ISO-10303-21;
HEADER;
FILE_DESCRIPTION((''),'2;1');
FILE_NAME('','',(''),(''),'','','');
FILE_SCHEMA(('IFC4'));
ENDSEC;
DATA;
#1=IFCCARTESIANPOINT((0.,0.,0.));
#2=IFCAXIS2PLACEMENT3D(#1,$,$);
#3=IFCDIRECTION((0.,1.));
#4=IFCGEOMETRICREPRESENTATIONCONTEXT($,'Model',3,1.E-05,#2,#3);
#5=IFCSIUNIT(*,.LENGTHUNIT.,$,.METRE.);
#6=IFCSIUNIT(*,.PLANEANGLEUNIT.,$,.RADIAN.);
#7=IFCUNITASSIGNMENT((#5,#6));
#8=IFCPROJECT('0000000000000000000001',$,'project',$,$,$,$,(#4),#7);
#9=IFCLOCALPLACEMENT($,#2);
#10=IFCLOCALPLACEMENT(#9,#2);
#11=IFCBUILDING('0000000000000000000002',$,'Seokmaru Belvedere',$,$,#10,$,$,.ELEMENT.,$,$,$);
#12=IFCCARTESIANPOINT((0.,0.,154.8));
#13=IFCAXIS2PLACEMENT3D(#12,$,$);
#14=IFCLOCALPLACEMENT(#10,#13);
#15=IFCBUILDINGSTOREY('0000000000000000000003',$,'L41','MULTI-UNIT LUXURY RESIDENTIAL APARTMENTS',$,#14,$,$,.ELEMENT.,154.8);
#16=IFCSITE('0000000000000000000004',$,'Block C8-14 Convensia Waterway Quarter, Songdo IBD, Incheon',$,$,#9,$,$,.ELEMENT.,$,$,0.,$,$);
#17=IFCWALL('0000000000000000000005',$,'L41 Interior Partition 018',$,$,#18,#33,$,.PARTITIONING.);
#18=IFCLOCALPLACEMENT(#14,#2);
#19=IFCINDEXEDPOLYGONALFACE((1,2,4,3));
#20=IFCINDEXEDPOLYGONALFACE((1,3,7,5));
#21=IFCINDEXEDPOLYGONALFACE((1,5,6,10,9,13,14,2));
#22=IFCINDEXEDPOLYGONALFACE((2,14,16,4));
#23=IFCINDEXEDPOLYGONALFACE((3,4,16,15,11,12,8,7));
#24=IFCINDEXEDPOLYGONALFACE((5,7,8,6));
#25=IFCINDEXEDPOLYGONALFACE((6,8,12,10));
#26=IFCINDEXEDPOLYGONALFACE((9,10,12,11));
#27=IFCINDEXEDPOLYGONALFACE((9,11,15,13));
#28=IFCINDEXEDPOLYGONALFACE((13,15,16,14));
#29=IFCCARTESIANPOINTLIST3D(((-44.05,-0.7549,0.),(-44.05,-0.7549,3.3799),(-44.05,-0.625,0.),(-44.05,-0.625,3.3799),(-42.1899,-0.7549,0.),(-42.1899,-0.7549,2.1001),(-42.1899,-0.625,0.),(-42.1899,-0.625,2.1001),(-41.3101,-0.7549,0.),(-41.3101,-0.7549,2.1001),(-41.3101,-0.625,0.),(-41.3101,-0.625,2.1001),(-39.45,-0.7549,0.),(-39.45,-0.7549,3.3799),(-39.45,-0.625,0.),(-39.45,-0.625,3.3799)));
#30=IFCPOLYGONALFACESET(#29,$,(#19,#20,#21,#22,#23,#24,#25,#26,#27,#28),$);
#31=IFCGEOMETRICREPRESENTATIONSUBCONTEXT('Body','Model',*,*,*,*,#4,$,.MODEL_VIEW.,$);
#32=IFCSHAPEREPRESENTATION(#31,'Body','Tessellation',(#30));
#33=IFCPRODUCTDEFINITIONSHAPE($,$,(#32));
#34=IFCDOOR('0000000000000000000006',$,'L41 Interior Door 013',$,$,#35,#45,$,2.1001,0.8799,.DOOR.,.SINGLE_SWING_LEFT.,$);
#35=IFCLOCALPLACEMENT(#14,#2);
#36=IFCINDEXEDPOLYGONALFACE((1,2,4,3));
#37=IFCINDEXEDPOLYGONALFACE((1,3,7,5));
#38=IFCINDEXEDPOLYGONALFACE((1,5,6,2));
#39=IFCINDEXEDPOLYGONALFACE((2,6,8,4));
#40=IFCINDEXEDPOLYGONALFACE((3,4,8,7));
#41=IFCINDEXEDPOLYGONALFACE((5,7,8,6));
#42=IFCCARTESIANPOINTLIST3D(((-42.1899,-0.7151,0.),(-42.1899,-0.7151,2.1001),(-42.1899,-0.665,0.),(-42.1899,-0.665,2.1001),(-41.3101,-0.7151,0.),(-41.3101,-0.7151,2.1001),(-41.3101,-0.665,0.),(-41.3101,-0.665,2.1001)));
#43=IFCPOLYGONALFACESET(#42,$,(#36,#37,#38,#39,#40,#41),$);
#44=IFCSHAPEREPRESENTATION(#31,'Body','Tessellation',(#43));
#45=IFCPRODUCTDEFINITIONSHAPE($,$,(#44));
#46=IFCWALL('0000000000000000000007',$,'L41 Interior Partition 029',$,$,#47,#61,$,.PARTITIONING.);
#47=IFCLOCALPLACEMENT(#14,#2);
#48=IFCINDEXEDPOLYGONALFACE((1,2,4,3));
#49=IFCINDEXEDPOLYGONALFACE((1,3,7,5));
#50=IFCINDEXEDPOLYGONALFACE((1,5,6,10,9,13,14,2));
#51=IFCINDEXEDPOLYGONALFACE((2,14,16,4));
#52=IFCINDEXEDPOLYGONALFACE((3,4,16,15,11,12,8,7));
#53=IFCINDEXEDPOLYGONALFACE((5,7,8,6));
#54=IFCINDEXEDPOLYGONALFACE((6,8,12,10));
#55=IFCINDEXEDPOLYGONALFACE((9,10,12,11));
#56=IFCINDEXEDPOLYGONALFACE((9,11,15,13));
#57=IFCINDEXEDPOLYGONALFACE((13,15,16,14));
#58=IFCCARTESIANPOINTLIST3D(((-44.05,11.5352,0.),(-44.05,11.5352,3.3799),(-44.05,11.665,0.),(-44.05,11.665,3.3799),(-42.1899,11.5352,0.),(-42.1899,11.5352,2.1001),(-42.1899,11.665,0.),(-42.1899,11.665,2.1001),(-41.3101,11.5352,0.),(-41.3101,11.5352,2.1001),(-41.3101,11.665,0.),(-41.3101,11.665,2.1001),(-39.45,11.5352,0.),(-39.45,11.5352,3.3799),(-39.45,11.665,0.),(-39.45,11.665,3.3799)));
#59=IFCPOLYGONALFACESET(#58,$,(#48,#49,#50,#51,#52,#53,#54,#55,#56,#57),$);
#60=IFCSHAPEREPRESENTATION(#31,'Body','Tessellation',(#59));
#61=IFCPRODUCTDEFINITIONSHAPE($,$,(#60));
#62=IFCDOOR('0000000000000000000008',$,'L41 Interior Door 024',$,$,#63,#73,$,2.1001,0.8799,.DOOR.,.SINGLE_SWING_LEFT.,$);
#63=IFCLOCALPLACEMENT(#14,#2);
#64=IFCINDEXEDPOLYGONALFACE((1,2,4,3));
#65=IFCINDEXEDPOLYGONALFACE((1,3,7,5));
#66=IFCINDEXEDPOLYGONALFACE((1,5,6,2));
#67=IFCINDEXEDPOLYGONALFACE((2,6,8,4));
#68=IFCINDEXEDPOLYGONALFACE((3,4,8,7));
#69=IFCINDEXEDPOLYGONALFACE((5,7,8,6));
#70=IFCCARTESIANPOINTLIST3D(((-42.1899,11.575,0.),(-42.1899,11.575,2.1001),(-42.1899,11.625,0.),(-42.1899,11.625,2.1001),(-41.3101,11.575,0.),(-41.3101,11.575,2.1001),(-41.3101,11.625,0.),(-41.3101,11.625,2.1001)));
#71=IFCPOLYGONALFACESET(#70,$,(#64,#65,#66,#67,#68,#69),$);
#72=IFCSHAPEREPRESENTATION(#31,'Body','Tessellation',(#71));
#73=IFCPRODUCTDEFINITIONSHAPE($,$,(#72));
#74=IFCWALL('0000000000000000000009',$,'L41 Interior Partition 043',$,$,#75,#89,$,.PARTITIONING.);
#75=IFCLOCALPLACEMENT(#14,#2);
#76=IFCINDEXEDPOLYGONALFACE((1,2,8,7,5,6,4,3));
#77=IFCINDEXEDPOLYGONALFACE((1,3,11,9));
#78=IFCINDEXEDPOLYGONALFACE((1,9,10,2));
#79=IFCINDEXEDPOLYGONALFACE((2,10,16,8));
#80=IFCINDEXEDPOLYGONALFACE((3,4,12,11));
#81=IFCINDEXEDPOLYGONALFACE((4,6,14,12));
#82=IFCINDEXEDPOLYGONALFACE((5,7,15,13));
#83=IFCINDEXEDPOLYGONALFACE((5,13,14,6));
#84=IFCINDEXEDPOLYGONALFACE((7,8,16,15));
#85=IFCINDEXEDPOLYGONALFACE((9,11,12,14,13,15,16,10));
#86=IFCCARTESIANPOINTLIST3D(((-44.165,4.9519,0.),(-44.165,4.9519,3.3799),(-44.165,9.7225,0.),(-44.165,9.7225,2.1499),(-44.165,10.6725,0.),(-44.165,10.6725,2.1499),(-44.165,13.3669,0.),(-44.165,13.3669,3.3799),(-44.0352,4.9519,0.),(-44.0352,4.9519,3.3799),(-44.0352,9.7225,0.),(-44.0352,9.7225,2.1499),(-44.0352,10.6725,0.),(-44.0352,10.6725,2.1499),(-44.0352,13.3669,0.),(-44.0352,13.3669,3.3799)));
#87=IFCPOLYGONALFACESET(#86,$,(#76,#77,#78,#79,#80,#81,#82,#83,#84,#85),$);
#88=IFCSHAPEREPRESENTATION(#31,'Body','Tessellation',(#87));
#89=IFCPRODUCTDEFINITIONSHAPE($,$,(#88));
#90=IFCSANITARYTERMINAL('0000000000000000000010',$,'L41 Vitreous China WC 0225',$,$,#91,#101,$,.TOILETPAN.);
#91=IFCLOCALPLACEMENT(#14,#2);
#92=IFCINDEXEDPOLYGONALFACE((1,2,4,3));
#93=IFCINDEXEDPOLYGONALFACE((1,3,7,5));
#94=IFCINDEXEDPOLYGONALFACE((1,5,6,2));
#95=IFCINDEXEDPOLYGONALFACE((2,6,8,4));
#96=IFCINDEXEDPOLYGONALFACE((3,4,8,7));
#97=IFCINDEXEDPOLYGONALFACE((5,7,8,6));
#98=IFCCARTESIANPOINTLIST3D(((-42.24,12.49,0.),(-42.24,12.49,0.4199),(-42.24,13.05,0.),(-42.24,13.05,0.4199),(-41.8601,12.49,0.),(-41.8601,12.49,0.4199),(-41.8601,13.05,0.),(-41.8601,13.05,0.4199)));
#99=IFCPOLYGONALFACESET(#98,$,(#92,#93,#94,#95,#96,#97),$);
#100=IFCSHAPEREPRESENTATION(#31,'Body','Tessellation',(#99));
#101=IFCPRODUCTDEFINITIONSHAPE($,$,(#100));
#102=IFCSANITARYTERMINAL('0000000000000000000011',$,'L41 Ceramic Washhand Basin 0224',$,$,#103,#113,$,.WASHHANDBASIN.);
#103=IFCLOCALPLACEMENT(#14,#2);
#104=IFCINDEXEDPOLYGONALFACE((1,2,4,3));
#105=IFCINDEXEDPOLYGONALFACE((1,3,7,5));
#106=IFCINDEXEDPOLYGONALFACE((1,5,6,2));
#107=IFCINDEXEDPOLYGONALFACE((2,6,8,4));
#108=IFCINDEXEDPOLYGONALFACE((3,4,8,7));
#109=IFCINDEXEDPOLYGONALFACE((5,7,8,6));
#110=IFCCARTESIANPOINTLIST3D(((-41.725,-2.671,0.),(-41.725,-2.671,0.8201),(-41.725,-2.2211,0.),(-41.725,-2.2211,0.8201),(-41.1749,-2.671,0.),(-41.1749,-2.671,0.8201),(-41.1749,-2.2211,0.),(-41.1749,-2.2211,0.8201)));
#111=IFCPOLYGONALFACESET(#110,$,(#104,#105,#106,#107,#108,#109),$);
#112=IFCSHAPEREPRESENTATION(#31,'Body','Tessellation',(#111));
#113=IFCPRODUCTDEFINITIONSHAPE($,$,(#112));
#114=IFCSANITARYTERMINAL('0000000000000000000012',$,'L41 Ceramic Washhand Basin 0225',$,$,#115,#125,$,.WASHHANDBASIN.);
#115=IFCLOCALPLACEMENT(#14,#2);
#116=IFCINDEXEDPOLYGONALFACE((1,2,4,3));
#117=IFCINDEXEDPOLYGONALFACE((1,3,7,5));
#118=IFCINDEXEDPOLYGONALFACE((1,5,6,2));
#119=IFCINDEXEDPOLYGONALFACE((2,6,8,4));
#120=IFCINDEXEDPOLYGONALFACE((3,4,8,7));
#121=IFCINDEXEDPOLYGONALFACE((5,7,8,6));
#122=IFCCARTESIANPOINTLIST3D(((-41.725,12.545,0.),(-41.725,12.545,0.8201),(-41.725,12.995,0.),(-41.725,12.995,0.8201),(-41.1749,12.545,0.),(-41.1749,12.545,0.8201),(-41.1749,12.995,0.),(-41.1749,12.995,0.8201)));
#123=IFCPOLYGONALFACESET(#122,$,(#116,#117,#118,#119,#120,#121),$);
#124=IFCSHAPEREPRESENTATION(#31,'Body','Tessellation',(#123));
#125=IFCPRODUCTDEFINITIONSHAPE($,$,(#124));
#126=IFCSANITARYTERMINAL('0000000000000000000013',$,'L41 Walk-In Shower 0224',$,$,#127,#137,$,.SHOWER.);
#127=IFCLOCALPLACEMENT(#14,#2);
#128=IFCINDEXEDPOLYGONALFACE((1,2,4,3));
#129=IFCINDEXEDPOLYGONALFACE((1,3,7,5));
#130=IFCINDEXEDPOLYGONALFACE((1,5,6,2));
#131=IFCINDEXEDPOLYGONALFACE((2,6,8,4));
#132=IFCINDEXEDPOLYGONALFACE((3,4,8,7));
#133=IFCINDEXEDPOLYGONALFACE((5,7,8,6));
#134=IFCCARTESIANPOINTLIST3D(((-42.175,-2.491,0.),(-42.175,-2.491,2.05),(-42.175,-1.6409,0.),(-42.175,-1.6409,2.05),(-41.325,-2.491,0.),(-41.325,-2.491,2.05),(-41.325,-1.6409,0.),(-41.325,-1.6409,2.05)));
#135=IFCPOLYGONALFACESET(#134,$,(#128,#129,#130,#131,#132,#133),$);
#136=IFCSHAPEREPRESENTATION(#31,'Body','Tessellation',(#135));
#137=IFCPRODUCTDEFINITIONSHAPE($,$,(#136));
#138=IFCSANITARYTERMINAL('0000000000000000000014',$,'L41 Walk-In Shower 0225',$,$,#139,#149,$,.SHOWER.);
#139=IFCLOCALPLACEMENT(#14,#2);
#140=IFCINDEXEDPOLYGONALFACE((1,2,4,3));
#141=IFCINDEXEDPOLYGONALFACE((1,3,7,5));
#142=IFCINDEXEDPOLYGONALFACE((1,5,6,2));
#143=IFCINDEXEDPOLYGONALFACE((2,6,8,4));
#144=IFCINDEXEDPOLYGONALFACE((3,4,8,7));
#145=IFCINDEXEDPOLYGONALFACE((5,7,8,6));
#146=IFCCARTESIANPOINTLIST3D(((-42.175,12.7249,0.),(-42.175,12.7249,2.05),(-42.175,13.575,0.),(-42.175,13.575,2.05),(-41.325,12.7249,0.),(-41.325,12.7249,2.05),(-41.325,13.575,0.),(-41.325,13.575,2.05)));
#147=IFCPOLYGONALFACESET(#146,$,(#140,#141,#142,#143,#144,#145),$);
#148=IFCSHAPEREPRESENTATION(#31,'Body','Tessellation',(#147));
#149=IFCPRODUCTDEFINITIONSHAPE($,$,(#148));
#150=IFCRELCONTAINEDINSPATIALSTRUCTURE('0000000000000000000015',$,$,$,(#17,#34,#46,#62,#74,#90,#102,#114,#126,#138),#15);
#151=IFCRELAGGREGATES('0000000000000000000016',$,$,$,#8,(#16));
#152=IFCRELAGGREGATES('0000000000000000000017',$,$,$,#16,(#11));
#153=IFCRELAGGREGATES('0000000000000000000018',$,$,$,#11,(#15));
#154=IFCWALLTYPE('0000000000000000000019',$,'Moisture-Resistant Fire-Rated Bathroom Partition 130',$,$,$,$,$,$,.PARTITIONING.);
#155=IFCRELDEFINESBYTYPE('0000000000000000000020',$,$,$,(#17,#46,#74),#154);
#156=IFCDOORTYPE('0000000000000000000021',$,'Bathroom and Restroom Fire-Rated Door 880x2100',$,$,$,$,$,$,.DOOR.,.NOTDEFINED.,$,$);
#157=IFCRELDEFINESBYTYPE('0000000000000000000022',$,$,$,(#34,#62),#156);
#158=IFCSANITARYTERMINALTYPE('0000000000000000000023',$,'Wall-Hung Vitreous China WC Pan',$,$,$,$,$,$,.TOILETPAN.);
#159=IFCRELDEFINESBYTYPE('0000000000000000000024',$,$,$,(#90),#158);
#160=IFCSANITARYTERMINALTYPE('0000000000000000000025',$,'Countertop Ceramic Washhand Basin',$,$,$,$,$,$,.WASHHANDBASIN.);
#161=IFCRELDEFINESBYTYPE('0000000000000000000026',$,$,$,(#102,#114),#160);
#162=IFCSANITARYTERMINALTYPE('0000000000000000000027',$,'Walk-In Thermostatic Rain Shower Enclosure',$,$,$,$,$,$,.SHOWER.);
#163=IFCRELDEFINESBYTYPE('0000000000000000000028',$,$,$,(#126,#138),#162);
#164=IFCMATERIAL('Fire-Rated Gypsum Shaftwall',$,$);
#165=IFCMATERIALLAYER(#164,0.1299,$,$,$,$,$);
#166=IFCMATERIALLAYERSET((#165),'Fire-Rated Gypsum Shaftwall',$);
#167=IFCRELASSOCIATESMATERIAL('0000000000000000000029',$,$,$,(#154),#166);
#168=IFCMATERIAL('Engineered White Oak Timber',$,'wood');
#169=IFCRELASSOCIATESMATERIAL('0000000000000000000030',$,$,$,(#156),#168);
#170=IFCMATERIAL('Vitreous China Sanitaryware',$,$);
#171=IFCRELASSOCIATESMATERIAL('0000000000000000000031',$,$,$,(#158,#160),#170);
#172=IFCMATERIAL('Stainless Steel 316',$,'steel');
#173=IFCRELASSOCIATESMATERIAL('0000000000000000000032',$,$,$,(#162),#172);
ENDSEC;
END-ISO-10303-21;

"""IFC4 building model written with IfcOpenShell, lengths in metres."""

from ifc_helpers import new_model, si_unit, direction, frame, frame_2d, origin, origin_2d, place, context, subcontext, project, spatial, rectangle, extrude, source, transform, mapped, material, layer, layer_set, type_object, type_shapes, element, fill, save


model = new_model("IFC4")

# Units and contexts
model_context = context("Model", 3, precision=1e-05, world=origin(), true_north=direction((0.0, 1.0)))
body_context = subcontext(model_context, "Body", "Model", "MODEL_VIEW")
ifc_project = project(units=[si_unit("LENGTHUNIT", "METRE"), si_unit("PLANEANGLEUNIT", "RADIAN")], contexts=[model_context])

# Site, building, storey
site_placement = place(None, origin())
site = spatial("IfcSite", under=ifc_project, at=site_placement, Name="Block C8-14 Convensia Waterway Quarter, Songdo IBD, Incheon", CompositionType="ELEMENT", RefElevation=0.0)
building_placement = place(site_placement, origin())
building = spatial("IfcBuilding", under=site, at=building_placement, Name="Seokmaru Belvedere", CompositionType="ELEMENT")
storey_placement = place(building_placement, frame((0.0, 0.0, 154.8)))
storey = spatial("IfcBuildingStorey", under=building, at=storey_placement, Name="L41", Description="MULTI-UNIT LUXURY RESIDENTIAL APARTMENTS", CompositionType="ELEMENT", Elevation=154.8)

# Walls, openings, doors
ifc_material_1 = material(Name="Fire-Rated Gypsum Shaftwall")
ifc_material_2 = material(Name="Engineered White Oak Timber", Category="wood")
ifc_layer_1 = layer(ifc_material_1, 0.1299)
ifc_layer_set_1 = layer_set([ifc_layer_1], Name="Fire-Rated Gypsum Shaftwall")
wall_type_1 = type_object("IfcWallType", Name="Moisture-Resistant Fire-Rated Bathroom Partition 130", PredefinedType="PARTITIONING", material=ifc_layer_set_1)
wall_1_placement = place(storey_placement, frame((-44.05, -0.6899, 0.0), z_axis=(0.0, 0.0, 1.0), x_axis=(1.0, 0.0, 0.0)))
wall_1 = element("IfcWall", 1, at=wall_1_placement, inside=storey, type_object=wall_type_1, Name="L41 Interior Partition 018", PredefinedType="PARTITIONING", context=body_context, shape_type="SweptSolid", body=[
    extrude(rectangle(XDim=4.6001, YDim=0.1299, at=frame_2d((2.3, 0.0))), origin(), (0.0, 0.0, 1.0), 3.3799),
])
opening_1_placement = place(wall_1_placement, frame((1.8601, 0.0, 0.0)))
opening_1 = element("IfcOpeningElement", 2, at=opening_1_placement, cuts=wall_1, PredefinedType="OPENING", context=body_context, shape_type="SweptSolid", body=[
    extrude(rectangle(XDim=0.8799, YDim=2.1001, at=frame_2d((0.4399, 1.05))), frame((0.0, 0.075, 0.0), z_axis=(0.0, -1.0, 0.0), x_axis=(1.0, 0.0, 0.0)), (0.0, 0.0, 1.0), 0.1499),
])
door_type_1 = type_object("IfcDoorType", Name="Bathroom and Restroom Fire-Rated Door 880x2100", OperationType="NOTDEFINED", PredefinedType="DOOR", material=ifc_material_2)
shared_shape_1 = source(origin(), body_context, "Body", "SweptSolid", [
    extrude(rectangle(XDim=0.8799, YDim=2.1001, at=frame_2d((0.4399, 1.05))), frame((0.0, 0.0249, 0.0), z_axis=(0.0, -1.0, 0.0), x_axis=(1.0, 0.0, 0.0)), (0.0, 0.0, 1.0), 0.05),
])
type_shapes(door_type_1, [shared_shape_1])
door_1_placement = place(opening_1_placement, origin())
door_1 = element("IfcDoor", 3, at=door_1_placement, inside=storey, type_object=door_type_1, Name="L41 Interior Door 013", OperationType="SINGLE_SWING_LEFT", OverallHeight=2.1001, OverallWidth=0.8799, PredefinedType="DOOR", context=body_context, shape_type="MappedRepresentation", body=[
    mapped(shared_shape_1, transform((0.0, 0.0, 0.0), scale=1.0)),
])
fill(opening_1, door_1)
wall_2_placement = place(storey_placement, frame((-44.05, 11.6001, 0.0), z_axis=(0.0, 0.0, 1.0), x_axis=(1.0, 0.0, 0.0)))
wall_2 = element("IfcWall", 4, at=wall_2_placement, inside=storey, type_object=wall_type_1, Name="L41 Interior Partition 029", PredefinedType="PARTITIONING", context=body_context, shape_type="SweptSolid", body=[
    extrude(rectangle(XDim=4.6001, YDim=0.1299, at=frame_2d((2.3, 0.0))), origin(), (0.0, 0.0, 1.0), 3.3799),
])
opening_2_placement = place(wall_2_placement, frame((1.8601, 0.0, 0.0)))
opening_2 = element("IfcOpeningElement", 5, at=opening_2_placement, cuts=wall_2, PredefinedType="OPENING", context=body_context, shape_type="SweptSolid", body=[
    extrude(rectangle(XDim=0.8799, YDim=2.1001, at=frame_2d((0.4399, 1.05))), frame((0.0, 0.075, 0.0), z_axis=(0.0, -1.0, 0.0), x_axis=(1.0, 0.0, 0.0)), (0.0, 0.0, 1.0), 0.1499),
])
door_2_placement = place(opening_2_placement, origin())
door_2 = element("IfcDoor", 6, at=door_2_placement, inside=storey, type_object=door_type_1, Name="L41 Interior Door 024", OperationType="SINGLE_SWING_LEFT", OverallHeight=2.1001, OverallWidth=0.8799, PredefinedType="DOOR", context=body_context, shape_type="MappedRepresentation", body=[
    mapped(shared_shape_1, transform((0.0, 0.0, 0.0), scale=1.0)),
])
fill(opening_2, door_2)

# Wall, opening
wall_3_placement = place(storey_placement, frame((-44.1001, 4.9519, 0.0), z_axis=(0.0, 0.0, 1.0), x_axis=(0.0, 1.0, 0.0)))
wall_3 = element("IfcWall", 7, at=wall_3_placement, inside=storey, type_object=wall_type_1, Name="L41 Interior Partition 043", PredefinedType="PARTITIONING", context=body_context, shape_type="SweptSolid", body=[
    extrude(rectangle(XDim=8.415, YDim=0.1299, at=frame_2d((4.2075, 0.0))), origin(), (0.0, 0.0, 1.0), 3.3799),
])
opening_3_placement = place(wall_3_placement, frame((4.7705, 0.0, 0.0)))
element("IfcOpeningElement", 8, at=opening_3_placement, cuts=wall_3, PredefinedType="OPENING", context=body_context, shape_type="SweptSolid", body=[
    extrude(rectangle(XDim=0.95, YDim=2.1499, at=frame_2d((0.4751, 1.075))), frame((0.0, 0.075, 0.0), z_axis=(0.0, -1.0, 0.0), x_axis=(1.0, 0.0, 0.0)), (0.0, 0.0, 1.0), 0.1499),
])

# Sanitary terminals
ifc_material_3 = material(Name="Vitreous China Sanitaryware")
sanitary_terminal_type_1 = type_object("IfcSanitaryTerminalType", Name="Wall-Hung Vitreous China WC Pan", PredefinedType="TOILETPAN", material=ifc_material_3)
shared_shape_2 = source(origin(), body_context, "Body", "SweptSolid", [
    extrude(rectangle(XDim=0.3799, YDim=0.5601, at=origin_2d()), origin(), (0.0, 0.0, 1.0), 0.4199),
])
type_shapes(sanitary_terminal_type_1, [shared_shape_2])
sanitary_terminal_placement = place(storey_placement, frame((-42.05, 12.77, 0.0), z_axis=(0.0, 0.0, 1.0), x_axis=(1.0, 0.0, 0.0)))
element("IfcSanitaryTerminal", 9, at=sanitary_terminal_placement, inside=storey, type_object=sanitary_terminal_type_1, Name="L41 Vitreous China WC 0225", PredefinedType="TOILETPAN", context=body_context, shape_type="MappedRepresentation", body=[
    mapped(shared_shape_2, transform((0.0, 0.0, 0.0), scale=1.0)),
])
sanitary_terminal_type_2 = type_object("IfcSanitaryTerminalType", Name="Countertop Ceramic Washhand Basin", PredefinedType="WASHHANDBASIN", material=ifc_material_3)
shared_shape_3 = source(origin(), body_context, "Body", "SweptSolid", [
    extrude(rectangle(XDim=0.55, YDim=0.45, at=origin_2d()), origin(), (0.0, 0.0, 1.0), 0.8201),
])
type_shapes(sanitary_terminal_type_2, [shared_shape_3])
for number, where, z_axis, x_axis, name in (
    (10, (-41.45, -2.446, 0.0), (0.0, 0.0, 1.0), (1.0, 0.0, 0.0), "L41 Ceramic Washhand Basin 0224"),
    (11, (-41.45, 12.77, 0.0), (0.0, 0.0, 1.0), (1.0, 0.0, 0.0), "L41 Ceramic Washhand Basin 0225"),
):
    element("IfcSanitaryTerminal", number, at=place(storey_placement, frame(where, z_axis=z_axis, x_axis=x_axis)), inside=storey, type_object=sanitary_terminal_type_2, Name=name, PredefinedType="WASHHANDBASIN", context=body_context, shape_type="MappedRepresentation", body=[
        mapped(shared_shape_3, transform((0.0, 0.0, 0.0), scale=1.0)),
    ])
ifc_material_4 = material(Name="Stainless Steel 316", Category="steel")
sanitary_terminal_type_3 = type_object("IfcSanitaryTerminalType", Name="Walk-In Thermostatic Rain Shower Enclosure", PredefinedType="SHOWER", material=ifc_material_4)
shared_shape_4 = source(origin(), body_context, "Body", "SweptSolid", [
    extrude(rectangle(XDim=0.8501, YDim=0.8501, at=origin_2d()), origin(), (0.0, 0.0, 1.0), 2.05),
])
type_shapes(sanitary_terminal_type_3, [shared_shape_4])
for number, where, z_axis, x_axis, name in (
    (12, (-41.75, -2.0659, 0.0), (0.0, 0.0, 1.0), (1.0, 0.0, 0.0), "L41 Walk-In Shower 0224"),
    (13, (-41.75, 13.1499, 0.0), (0.0, 0.0, 1.0), (1.0, 0.0, 0.0), "L41 Walk-In Shower 0225"),
):
    element("IfcSanitaryTerminal", number, at=place(storey_placement, frame(where, z_axis=z_axis, x_axis=x_axis)), inside=storey, type_object=sanitary_terminal_type_3, Name=name, PredefinedType="SHOWER", context=body_context, shape_type="MappedRepresentation", body=[
        mapped(shared_shape_4, transform((0.0, 0.0, 0.0), scale=1.0)),
    ])

save(model, "model.ifc")
